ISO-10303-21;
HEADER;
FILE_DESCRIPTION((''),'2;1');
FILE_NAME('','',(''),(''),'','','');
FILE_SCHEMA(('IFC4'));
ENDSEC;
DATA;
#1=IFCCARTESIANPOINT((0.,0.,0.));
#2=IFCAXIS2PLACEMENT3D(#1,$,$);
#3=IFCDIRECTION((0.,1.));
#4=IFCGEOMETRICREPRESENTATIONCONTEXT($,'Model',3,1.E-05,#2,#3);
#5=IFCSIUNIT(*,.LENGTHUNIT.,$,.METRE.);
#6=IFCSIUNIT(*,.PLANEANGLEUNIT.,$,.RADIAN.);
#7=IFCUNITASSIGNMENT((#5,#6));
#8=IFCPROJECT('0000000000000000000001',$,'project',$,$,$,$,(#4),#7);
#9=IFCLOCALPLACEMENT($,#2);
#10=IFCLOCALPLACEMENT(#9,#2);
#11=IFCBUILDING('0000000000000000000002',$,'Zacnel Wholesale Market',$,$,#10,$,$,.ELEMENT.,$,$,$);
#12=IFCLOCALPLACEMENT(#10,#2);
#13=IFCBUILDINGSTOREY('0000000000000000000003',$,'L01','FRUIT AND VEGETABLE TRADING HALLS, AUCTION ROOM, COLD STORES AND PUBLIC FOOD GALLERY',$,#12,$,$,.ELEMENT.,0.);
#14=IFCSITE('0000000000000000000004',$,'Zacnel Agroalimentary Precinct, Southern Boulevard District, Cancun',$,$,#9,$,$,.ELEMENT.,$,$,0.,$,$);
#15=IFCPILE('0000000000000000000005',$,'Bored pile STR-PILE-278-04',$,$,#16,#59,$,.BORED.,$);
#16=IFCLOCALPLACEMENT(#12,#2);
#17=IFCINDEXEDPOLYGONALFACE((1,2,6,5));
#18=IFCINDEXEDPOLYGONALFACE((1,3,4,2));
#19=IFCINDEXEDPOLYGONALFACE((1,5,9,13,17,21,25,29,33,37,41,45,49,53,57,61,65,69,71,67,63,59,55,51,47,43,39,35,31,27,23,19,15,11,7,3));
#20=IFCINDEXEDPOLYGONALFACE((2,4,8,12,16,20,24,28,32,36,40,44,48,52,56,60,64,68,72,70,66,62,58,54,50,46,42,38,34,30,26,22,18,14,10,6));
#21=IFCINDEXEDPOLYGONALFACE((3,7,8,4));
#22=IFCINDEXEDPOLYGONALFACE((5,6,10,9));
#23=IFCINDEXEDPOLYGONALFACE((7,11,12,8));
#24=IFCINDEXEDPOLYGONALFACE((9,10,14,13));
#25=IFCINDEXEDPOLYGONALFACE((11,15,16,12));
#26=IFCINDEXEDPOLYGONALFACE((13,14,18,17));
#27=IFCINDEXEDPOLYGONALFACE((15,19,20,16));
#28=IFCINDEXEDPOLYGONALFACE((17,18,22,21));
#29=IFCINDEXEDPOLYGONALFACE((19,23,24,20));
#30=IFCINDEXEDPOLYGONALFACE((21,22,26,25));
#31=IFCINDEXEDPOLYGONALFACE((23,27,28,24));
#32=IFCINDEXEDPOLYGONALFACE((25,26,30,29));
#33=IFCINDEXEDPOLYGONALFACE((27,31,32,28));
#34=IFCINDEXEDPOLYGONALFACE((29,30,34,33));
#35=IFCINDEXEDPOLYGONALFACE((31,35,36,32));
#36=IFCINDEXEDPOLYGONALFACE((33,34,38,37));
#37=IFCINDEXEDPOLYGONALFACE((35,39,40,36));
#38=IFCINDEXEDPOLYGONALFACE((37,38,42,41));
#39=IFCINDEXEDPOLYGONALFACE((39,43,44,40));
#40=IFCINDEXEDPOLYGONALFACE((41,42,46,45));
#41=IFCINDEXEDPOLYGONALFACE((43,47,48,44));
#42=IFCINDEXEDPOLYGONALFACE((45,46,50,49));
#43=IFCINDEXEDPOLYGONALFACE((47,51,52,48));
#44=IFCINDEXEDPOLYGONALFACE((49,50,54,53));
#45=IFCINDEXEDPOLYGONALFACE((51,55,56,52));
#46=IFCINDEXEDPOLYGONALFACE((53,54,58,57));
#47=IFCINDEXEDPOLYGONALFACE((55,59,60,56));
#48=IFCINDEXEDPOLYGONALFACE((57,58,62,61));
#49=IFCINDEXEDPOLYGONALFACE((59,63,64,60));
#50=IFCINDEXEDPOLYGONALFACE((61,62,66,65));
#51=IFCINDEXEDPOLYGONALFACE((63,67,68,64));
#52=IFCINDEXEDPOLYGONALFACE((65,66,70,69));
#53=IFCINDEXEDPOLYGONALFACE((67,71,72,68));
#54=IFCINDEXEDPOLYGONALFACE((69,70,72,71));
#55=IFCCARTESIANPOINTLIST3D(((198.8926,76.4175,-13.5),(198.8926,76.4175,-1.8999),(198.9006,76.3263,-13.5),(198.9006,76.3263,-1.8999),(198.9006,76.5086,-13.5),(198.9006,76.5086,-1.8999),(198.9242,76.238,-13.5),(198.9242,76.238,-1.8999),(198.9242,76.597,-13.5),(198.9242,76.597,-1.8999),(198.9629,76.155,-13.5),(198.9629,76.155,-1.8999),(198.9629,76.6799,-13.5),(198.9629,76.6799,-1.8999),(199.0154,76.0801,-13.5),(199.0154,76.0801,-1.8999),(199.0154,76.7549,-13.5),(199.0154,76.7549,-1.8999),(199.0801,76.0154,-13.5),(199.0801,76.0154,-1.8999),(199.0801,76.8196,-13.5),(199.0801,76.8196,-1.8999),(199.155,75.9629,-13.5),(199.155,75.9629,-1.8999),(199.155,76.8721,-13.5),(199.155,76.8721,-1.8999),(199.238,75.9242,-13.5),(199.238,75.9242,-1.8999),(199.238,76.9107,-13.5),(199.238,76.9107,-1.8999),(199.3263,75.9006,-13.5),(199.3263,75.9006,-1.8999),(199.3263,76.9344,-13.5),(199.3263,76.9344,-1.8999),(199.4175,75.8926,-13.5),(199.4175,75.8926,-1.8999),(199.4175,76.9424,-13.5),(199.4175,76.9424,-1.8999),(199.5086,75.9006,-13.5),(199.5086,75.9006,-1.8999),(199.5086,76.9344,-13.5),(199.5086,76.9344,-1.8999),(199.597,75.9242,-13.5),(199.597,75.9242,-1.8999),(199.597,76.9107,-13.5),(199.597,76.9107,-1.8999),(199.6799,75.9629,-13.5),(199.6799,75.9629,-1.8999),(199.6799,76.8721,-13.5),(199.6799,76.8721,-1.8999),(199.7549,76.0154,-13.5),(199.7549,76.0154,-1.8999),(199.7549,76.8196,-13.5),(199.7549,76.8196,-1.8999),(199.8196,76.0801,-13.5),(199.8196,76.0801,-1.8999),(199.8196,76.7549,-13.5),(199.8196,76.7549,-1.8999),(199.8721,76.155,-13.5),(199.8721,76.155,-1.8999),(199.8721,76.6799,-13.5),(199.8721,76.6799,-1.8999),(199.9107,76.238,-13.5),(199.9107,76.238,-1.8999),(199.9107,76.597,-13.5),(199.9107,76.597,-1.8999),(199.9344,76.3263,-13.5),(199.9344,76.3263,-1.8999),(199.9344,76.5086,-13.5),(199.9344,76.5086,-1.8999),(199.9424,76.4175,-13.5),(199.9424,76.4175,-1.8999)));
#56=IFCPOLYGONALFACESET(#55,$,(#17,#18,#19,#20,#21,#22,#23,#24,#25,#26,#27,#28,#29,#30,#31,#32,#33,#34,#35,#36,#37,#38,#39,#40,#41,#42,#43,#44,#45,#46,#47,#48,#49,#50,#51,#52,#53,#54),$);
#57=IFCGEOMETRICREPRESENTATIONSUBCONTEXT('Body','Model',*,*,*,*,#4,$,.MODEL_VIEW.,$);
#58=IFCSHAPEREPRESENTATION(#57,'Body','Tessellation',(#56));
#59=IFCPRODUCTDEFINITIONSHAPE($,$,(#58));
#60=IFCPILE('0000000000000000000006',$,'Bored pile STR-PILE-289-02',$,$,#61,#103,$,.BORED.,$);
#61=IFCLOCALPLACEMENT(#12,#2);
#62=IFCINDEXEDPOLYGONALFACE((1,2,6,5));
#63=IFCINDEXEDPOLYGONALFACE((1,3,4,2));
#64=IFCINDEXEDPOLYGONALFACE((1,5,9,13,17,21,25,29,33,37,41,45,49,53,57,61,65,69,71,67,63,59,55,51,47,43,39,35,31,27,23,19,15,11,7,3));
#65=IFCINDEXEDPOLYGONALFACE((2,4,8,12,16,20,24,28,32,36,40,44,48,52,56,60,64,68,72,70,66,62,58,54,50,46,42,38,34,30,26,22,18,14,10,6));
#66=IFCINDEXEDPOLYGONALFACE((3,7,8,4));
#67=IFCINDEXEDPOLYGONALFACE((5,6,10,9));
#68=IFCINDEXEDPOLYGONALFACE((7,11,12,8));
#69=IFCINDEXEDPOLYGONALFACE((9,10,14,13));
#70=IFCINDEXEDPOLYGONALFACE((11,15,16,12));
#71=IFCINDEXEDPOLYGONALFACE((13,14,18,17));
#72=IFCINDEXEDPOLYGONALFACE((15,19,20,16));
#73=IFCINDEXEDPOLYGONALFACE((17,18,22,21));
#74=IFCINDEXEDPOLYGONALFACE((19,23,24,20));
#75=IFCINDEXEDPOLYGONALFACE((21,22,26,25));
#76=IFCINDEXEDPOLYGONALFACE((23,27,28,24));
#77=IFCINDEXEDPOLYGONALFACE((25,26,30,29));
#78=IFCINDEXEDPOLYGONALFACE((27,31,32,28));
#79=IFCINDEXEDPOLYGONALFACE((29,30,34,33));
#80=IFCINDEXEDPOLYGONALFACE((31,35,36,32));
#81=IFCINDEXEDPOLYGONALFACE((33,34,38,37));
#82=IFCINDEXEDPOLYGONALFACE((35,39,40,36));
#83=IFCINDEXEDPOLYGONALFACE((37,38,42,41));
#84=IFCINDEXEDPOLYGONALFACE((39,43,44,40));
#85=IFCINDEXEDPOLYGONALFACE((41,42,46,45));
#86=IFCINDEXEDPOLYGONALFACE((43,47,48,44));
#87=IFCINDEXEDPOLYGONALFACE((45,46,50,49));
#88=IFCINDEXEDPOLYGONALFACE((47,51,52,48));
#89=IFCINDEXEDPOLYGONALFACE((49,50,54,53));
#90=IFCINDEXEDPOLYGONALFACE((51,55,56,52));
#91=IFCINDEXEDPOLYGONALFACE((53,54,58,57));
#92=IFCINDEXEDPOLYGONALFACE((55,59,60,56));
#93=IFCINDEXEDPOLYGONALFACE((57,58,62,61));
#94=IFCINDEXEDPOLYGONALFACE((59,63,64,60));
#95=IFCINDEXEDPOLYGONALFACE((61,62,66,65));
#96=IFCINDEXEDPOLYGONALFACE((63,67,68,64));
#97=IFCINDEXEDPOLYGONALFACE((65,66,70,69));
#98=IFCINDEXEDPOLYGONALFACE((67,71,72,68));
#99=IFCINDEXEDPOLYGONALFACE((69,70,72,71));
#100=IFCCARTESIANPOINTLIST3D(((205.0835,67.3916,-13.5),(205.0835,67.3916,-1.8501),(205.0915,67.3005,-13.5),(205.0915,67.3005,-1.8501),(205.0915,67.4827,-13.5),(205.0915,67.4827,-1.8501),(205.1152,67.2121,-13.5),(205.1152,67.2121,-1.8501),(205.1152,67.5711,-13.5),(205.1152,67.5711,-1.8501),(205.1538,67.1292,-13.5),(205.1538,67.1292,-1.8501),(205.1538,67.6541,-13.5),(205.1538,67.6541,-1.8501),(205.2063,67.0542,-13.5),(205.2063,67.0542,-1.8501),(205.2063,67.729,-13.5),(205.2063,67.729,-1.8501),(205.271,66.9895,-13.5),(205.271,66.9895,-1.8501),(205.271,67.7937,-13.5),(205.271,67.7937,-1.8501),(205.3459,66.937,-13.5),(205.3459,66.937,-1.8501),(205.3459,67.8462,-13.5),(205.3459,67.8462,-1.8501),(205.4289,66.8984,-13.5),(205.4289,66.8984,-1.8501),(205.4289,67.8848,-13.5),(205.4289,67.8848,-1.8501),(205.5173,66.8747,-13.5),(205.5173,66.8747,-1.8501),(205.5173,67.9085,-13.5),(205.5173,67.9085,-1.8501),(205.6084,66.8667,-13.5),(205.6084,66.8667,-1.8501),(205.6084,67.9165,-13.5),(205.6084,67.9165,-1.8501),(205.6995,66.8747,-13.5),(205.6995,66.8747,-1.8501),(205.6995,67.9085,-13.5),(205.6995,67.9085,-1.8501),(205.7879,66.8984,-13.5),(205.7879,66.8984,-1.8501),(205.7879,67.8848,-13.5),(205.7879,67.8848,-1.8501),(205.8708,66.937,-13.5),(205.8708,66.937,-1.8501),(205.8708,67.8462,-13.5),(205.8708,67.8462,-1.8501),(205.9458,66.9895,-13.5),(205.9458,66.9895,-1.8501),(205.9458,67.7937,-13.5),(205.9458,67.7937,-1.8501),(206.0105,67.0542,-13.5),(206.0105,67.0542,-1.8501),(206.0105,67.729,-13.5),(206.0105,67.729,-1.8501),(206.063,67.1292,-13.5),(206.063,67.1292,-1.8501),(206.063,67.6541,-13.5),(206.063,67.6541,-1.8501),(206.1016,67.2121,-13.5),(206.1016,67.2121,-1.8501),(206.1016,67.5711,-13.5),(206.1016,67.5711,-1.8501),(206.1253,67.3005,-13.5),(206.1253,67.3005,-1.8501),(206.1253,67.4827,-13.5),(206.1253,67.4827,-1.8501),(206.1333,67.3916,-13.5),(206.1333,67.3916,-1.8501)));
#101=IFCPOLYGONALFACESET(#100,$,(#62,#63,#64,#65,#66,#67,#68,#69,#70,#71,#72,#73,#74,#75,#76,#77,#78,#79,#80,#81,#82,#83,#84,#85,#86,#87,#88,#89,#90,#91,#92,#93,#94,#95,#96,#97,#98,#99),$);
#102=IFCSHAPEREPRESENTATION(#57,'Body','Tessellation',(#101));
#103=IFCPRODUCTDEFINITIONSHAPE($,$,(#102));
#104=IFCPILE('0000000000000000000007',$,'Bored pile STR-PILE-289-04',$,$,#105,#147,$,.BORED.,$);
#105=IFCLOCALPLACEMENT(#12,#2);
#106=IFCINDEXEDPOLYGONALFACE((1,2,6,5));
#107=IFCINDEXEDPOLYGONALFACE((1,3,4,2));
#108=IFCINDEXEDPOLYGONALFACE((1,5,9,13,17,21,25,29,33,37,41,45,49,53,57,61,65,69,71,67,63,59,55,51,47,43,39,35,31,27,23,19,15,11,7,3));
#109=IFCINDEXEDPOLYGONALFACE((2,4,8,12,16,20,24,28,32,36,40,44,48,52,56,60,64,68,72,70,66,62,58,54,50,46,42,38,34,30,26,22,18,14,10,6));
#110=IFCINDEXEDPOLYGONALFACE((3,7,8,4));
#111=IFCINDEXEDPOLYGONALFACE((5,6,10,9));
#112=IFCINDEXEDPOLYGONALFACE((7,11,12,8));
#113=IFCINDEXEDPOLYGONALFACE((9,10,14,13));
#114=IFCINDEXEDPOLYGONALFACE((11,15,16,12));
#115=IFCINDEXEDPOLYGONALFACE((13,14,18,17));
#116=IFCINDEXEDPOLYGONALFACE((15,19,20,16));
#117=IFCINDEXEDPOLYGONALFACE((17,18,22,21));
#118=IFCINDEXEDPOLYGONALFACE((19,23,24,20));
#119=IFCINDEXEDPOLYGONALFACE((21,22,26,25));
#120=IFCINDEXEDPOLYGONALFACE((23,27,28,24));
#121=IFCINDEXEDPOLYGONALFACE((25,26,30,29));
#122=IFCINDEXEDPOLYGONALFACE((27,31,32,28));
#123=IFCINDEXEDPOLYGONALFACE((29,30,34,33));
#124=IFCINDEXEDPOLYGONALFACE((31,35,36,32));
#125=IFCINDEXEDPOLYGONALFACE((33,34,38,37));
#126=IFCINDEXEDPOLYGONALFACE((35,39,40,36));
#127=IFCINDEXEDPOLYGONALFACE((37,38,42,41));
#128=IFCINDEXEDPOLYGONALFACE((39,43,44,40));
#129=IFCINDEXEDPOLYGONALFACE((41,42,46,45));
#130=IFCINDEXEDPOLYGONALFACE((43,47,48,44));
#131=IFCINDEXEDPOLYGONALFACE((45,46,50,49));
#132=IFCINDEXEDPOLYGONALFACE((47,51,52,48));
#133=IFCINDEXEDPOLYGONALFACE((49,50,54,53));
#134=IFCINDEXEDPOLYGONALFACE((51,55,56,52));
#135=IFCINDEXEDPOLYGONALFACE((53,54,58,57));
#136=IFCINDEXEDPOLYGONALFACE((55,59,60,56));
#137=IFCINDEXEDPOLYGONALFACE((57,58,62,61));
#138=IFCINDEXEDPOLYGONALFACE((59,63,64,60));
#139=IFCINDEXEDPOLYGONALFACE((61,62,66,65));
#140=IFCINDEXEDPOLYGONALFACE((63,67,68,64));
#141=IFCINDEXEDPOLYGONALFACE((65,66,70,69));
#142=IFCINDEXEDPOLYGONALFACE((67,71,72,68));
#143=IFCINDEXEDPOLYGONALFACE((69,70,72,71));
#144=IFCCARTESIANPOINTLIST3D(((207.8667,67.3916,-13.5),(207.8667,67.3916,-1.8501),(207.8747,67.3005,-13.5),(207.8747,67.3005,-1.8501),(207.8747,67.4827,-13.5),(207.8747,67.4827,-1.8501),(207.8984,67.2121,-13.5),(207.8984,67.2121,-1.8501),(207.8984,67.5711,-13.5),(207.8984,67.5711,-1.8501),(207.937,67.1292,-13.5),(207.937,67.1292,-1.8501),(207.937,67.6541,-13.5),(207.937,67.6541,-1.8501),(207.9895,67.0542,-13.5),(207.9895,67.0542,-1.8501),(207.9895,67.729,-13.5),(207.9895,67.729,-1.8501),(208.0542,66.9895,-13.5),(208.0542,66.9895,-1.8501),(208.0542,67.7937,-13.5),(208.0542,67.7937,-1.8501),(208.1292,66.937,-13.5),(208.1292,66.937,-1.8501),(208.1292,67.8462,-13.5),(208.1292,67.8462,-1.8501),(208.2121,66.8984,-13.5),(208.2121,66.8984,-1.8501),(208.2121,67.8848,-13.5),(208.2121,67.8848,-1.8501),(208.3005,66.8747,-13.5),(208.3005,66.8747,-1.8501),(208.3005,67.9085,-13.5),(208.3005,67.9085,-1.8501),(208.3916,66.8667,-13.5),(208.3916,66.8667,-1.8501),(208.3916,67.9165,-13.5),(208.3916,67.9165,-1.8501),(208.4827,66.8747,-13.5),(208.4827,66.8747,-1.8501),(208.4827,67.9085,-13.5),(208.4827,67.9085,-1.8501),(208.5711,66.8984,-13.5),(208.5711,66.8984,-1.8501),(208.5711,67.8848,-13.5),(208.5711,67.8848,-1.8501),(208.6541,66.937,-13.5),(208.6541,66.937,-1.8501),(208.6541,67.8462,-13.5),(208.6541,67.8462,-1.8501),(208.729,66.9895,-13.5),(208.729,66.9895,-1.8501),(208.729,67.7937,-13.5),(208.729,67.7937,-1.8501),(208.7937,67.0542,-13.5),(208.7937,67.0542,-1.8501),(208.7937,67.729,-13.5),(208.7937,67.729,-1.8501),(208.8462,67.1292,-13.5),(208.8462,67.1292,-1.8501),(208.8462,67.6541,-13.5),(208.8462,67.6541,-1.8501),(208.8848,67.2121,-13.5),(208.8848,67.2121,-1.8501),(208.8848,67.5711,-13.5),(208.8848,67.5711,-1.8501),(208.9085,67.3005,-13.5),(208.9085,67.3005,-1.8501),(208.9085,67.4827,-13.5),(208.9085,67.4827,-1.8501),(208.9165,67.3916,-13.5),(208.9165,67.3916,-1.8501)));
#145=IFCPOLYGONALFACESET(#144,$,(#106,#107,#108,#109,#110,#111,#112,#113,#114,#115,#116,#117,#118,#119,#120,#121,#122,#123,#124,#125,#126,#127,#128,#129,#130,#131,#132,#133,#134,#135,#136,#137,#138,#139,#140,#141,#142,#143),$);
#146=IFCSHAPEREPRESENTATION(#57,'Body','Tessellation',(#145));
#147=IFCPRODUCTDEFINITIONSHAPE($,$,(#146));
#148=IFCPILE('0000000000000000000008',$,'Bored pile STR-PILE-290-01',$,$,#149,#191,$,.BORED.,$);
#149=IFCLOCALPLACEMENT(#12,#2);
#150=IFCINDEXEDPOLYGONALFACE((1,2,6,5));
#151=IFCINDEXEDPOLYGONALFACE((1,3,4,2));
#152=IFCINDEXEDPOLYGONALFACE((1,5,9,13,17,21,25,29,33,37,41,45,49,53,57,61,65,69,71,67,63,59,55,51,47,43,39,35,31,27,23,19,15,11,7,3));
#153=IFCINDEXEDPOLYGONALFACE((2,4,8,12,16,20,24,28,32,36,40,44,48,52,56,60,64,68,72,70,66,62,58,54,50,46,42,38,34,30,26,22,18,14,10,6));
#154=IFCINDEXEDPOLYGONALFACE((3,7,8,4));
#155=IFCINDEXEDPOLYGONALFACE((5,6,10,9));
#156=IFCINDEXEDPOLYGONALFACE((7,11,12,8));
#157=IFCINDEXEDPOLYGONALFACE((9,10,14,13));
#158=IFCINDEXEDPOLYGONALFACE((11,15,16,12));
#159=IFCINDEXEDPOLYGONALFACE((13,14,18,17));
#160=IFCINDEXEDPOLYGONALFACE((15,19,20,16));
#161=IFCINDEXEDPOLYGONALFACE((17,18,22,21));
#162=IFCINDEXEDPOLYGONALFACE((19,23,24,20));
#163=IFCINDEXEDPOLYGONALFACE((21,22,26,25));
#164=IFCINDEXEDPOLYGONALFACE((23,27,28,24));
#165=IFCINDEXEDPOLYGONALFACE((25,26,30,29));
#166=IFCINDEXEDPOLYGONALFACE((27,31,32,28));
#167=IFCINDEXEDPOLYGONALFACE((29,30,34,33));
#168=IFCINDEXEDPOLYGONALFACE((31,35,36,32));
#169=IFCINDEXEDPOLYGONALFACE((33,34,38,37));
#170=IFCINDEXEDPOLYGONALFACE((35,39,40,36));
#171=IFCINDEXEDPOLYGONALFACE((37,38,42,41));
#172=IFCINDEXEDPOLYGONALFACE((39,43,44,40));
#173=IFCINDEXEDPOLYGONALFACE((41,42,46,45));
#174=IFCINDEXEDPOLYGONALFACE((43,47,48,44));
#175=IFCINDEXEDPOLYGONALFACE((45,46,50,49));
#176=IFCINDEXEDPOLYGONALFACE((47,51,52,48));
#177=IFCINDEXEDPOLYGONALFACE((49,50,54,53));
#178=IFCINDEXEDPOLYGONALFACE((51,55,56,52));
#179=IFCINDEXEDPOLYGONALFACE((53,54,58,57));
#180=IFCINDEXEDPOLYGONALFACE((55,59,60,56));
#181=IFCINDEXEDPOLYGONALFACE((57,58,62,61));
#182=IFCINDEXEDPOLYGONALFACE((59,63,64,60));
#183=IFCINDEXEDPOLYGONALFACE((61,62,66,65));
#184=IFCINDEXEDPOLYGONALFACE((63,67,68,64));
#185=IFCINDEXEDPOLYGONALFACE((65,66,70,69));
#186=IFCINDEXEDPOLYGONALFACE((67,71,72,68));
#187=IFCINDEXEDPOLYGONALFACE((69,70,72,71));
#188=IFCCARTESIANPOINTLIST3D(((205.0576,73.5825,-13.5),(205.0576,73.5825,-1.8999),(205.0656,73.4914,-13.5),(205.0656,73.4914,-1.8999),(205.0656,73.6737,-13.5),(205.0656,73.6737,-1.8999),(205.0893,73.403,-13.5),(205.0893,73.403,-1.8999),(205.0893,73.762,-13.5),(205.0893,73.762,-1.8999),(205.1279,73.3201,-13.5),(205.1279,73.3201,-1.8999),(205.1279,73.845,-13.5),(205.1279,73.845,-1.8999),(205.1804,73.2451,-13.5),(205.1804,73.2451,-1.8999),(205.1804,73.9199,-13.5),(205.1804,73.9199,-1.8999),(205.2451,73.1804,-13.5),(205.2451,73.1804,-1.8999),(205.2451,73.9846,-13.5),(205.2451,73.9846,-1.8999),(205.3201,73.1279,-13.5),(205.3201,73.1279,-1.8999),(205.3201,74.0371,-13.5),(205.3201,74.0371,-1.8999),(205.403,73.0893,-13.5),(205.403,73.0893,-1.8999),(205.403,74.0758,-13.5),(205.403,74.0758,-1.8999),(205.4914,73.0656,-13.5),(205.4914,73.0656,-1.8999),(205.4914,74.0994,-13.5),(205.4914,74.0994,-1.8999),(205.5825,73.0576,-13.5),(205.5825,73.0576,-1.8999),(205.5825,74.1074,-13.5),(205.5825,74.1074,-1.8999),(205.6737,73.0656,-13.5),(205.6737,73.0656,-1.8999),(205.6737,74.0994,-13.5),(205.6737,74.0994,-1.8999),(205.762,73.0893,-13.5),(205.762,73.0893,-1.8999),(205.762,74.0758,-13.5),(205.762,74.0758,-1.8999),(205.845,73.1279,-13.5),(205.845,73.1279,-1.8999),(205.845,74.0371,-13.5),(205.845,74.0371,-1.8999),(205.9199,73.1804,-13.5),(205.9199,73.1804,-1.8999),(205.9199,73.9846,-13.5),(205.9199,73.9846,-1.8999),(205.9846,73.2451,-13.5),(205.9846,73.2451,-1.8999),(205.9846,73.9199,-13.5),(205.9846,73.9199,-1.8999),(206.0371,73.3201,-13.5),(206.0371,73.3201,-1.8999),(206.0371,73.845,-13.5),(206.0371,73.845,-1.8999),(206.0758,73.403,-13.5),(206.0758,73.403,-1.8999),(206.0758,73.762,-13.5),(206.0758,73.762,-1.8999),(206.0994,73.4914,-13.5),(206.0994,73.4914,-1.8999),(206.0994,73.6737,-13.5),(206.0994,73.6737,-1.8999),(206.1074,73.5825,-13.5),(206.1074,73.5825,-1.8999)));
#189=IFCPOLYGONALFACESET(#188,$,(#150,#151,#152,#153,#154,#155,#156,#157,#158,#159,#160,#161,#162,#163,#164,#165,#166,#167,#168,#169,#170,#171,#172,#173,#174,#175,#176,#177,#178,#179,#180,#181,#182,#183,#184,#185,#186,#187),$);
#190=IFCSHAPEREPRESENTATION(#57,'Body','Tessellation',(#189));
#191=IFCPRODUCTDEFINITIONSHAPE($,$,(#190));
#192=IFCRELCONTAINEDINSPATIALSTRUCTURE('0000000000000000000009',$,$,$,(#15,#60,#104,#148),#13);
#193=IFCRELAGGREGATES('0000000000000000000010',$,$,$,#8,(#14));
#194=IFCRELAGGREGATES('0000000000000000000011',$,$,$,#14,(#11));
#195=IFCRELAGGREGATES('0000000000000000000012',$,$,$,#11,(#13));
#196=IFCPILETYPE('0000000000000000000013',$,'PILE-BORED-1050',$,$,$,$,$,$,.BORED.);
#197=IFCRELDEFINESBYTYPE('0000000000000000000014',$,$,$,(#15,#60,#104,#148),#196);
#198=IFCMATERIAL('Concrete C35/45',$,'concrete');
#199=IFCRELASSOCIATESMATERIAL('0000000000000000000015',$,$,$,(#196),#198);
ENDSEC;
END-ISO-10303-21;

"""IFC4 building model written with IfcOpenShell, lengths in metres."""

from ifc_helpers import new_model, si_unit, direction, frame, origin, origin_2d, place, context, subcontext, project, spatial, circle, extrude, material, material_profile, profile_set, type_object, element, save


model = new_model("IFC4")

# Units and contexts
model_context = context("Model", 3, precision=1e-05, world=origin(), true_north=direction((0.0, 1.0)))
body_context = subcontext(model_context, "Body", "Model", "MODEL_VIEW")
ifc_project = project(units=[si_unit("LENGTHUNIT", "METRE"), si_unit("PLANEANGLEUNIT", "RADIAN")], contexts=[model_context])

# Site, building, storey
site_placement = place(None, origin())
site = spatial("IfcSite", under=ifc_project, at=site_placement, Name="Zacnel Agroalimentary Precinct, Southern Boulevard District, Cancun", CompositionType="ELEMENT", RefElevation=0.0)
building_placement = place(site_placement, origin())
building = spatial("IfcBuilding", under=site, at=building_placement, Name="Zacnel Wholesale Market", CompositionType="ELEMENT")
storey_placement = place(building_placement, origin())
storey = spatial("IfcBuildingStorey", under=building, at=storey_placement, Name="L01", Description="FRUIT AND VEGETABLE TRADING HALLS, AUCTION ROOM, COLD STORES AND PUBLIC FOOD GALLERY", CompositionType="ELEMENT", Elevation=0.0)

# Piles
ifc_material_1 = material(Name="Concrete C35/45", Category="concrete")
ifc_material_profile_1 = material_profile(ifc_material_1, circle(Radius=0.5249, at=origin_2d()), Name="BORED PILE D1050")
ifc_profile_set_1 = profile_set([ifc_material_profile_1], Name="Concrete C35/45")
pile_type = type_object("IfcPileType", Name="PILE-BORED-1050", PredefinedType="BORED", material=ifc_profile_set_1)
for number, where, z_axis, x_axis, name in (
    (1, (199.4175, 76.4175, -1.8999), (0.0, 0.0, -1.0), (1.0, 0.0, 0.0), "Bored pile STR-PILE-278-04"),
):
    element("IfcPile", number, at=place(storey_placement, frame(where, z_axis=z_axis, x_axis=x_axis)), inside=storey, type_object=pile_type, Name=name, PredefinedType="BORED", context=body_context, shape_type="SweptSolid", body=[
        extrude(circle(Radius=0.5249, at=origin_2d()), origin(), (0.0, 0.0, 1.0), 11.6001),
    ])
for number, where, z_axis, x_axis, name in (
    (2, (205.6084, 67.3916, -1.8501), (0.0, 0.0, -1.0), (1.0, 0.0, 0.0), "Bored pile STR-PILE-289-02"),
    (3, (208.3916, 67.3916, -1.8501), (0.0, 0.0, -1.0), (1.0, 0.0, 0.0), "Bored pile STR-PILE-289-04"),
):
    element("IfcPile", number, at=place(storey_placement, frame(where, z_axis=z_axis, x_axis=x_axis)), inside=storey, type_object=pile_type, Name=name, PredefinedType="BORED", context=body_context, shape_type="SweptSolid", body=[
        extrude(circle(Radius=0.5249, at=origin_2d()), origin(), (0.0, 0.0, 1.0), 11.6499),
    ])
for number, where, z_axis, x_axis, name in (
    (4, (205.5825, 73.5825, -1.8999), (0.0, 0.0, -1.0), (1.0, 0.0, 0.0), "Bored pile STR-PILE-290-01"),
):
    element("IfcPile", number, at=place(storey_placement, frame(where, z_axis=z_axis, x_axis=x_axis)), inside=storey, type_object=pile_type, Name=name, PredefinedType="BORED", context=body_context, shape_type="SweptSolid", body=[
        extrude(circle(Radius=0.5249, at=origin_2d()), origin(), (0.0, 0.0, 1.0), 11.6001),
    ])

save(model, "model.ifc")
